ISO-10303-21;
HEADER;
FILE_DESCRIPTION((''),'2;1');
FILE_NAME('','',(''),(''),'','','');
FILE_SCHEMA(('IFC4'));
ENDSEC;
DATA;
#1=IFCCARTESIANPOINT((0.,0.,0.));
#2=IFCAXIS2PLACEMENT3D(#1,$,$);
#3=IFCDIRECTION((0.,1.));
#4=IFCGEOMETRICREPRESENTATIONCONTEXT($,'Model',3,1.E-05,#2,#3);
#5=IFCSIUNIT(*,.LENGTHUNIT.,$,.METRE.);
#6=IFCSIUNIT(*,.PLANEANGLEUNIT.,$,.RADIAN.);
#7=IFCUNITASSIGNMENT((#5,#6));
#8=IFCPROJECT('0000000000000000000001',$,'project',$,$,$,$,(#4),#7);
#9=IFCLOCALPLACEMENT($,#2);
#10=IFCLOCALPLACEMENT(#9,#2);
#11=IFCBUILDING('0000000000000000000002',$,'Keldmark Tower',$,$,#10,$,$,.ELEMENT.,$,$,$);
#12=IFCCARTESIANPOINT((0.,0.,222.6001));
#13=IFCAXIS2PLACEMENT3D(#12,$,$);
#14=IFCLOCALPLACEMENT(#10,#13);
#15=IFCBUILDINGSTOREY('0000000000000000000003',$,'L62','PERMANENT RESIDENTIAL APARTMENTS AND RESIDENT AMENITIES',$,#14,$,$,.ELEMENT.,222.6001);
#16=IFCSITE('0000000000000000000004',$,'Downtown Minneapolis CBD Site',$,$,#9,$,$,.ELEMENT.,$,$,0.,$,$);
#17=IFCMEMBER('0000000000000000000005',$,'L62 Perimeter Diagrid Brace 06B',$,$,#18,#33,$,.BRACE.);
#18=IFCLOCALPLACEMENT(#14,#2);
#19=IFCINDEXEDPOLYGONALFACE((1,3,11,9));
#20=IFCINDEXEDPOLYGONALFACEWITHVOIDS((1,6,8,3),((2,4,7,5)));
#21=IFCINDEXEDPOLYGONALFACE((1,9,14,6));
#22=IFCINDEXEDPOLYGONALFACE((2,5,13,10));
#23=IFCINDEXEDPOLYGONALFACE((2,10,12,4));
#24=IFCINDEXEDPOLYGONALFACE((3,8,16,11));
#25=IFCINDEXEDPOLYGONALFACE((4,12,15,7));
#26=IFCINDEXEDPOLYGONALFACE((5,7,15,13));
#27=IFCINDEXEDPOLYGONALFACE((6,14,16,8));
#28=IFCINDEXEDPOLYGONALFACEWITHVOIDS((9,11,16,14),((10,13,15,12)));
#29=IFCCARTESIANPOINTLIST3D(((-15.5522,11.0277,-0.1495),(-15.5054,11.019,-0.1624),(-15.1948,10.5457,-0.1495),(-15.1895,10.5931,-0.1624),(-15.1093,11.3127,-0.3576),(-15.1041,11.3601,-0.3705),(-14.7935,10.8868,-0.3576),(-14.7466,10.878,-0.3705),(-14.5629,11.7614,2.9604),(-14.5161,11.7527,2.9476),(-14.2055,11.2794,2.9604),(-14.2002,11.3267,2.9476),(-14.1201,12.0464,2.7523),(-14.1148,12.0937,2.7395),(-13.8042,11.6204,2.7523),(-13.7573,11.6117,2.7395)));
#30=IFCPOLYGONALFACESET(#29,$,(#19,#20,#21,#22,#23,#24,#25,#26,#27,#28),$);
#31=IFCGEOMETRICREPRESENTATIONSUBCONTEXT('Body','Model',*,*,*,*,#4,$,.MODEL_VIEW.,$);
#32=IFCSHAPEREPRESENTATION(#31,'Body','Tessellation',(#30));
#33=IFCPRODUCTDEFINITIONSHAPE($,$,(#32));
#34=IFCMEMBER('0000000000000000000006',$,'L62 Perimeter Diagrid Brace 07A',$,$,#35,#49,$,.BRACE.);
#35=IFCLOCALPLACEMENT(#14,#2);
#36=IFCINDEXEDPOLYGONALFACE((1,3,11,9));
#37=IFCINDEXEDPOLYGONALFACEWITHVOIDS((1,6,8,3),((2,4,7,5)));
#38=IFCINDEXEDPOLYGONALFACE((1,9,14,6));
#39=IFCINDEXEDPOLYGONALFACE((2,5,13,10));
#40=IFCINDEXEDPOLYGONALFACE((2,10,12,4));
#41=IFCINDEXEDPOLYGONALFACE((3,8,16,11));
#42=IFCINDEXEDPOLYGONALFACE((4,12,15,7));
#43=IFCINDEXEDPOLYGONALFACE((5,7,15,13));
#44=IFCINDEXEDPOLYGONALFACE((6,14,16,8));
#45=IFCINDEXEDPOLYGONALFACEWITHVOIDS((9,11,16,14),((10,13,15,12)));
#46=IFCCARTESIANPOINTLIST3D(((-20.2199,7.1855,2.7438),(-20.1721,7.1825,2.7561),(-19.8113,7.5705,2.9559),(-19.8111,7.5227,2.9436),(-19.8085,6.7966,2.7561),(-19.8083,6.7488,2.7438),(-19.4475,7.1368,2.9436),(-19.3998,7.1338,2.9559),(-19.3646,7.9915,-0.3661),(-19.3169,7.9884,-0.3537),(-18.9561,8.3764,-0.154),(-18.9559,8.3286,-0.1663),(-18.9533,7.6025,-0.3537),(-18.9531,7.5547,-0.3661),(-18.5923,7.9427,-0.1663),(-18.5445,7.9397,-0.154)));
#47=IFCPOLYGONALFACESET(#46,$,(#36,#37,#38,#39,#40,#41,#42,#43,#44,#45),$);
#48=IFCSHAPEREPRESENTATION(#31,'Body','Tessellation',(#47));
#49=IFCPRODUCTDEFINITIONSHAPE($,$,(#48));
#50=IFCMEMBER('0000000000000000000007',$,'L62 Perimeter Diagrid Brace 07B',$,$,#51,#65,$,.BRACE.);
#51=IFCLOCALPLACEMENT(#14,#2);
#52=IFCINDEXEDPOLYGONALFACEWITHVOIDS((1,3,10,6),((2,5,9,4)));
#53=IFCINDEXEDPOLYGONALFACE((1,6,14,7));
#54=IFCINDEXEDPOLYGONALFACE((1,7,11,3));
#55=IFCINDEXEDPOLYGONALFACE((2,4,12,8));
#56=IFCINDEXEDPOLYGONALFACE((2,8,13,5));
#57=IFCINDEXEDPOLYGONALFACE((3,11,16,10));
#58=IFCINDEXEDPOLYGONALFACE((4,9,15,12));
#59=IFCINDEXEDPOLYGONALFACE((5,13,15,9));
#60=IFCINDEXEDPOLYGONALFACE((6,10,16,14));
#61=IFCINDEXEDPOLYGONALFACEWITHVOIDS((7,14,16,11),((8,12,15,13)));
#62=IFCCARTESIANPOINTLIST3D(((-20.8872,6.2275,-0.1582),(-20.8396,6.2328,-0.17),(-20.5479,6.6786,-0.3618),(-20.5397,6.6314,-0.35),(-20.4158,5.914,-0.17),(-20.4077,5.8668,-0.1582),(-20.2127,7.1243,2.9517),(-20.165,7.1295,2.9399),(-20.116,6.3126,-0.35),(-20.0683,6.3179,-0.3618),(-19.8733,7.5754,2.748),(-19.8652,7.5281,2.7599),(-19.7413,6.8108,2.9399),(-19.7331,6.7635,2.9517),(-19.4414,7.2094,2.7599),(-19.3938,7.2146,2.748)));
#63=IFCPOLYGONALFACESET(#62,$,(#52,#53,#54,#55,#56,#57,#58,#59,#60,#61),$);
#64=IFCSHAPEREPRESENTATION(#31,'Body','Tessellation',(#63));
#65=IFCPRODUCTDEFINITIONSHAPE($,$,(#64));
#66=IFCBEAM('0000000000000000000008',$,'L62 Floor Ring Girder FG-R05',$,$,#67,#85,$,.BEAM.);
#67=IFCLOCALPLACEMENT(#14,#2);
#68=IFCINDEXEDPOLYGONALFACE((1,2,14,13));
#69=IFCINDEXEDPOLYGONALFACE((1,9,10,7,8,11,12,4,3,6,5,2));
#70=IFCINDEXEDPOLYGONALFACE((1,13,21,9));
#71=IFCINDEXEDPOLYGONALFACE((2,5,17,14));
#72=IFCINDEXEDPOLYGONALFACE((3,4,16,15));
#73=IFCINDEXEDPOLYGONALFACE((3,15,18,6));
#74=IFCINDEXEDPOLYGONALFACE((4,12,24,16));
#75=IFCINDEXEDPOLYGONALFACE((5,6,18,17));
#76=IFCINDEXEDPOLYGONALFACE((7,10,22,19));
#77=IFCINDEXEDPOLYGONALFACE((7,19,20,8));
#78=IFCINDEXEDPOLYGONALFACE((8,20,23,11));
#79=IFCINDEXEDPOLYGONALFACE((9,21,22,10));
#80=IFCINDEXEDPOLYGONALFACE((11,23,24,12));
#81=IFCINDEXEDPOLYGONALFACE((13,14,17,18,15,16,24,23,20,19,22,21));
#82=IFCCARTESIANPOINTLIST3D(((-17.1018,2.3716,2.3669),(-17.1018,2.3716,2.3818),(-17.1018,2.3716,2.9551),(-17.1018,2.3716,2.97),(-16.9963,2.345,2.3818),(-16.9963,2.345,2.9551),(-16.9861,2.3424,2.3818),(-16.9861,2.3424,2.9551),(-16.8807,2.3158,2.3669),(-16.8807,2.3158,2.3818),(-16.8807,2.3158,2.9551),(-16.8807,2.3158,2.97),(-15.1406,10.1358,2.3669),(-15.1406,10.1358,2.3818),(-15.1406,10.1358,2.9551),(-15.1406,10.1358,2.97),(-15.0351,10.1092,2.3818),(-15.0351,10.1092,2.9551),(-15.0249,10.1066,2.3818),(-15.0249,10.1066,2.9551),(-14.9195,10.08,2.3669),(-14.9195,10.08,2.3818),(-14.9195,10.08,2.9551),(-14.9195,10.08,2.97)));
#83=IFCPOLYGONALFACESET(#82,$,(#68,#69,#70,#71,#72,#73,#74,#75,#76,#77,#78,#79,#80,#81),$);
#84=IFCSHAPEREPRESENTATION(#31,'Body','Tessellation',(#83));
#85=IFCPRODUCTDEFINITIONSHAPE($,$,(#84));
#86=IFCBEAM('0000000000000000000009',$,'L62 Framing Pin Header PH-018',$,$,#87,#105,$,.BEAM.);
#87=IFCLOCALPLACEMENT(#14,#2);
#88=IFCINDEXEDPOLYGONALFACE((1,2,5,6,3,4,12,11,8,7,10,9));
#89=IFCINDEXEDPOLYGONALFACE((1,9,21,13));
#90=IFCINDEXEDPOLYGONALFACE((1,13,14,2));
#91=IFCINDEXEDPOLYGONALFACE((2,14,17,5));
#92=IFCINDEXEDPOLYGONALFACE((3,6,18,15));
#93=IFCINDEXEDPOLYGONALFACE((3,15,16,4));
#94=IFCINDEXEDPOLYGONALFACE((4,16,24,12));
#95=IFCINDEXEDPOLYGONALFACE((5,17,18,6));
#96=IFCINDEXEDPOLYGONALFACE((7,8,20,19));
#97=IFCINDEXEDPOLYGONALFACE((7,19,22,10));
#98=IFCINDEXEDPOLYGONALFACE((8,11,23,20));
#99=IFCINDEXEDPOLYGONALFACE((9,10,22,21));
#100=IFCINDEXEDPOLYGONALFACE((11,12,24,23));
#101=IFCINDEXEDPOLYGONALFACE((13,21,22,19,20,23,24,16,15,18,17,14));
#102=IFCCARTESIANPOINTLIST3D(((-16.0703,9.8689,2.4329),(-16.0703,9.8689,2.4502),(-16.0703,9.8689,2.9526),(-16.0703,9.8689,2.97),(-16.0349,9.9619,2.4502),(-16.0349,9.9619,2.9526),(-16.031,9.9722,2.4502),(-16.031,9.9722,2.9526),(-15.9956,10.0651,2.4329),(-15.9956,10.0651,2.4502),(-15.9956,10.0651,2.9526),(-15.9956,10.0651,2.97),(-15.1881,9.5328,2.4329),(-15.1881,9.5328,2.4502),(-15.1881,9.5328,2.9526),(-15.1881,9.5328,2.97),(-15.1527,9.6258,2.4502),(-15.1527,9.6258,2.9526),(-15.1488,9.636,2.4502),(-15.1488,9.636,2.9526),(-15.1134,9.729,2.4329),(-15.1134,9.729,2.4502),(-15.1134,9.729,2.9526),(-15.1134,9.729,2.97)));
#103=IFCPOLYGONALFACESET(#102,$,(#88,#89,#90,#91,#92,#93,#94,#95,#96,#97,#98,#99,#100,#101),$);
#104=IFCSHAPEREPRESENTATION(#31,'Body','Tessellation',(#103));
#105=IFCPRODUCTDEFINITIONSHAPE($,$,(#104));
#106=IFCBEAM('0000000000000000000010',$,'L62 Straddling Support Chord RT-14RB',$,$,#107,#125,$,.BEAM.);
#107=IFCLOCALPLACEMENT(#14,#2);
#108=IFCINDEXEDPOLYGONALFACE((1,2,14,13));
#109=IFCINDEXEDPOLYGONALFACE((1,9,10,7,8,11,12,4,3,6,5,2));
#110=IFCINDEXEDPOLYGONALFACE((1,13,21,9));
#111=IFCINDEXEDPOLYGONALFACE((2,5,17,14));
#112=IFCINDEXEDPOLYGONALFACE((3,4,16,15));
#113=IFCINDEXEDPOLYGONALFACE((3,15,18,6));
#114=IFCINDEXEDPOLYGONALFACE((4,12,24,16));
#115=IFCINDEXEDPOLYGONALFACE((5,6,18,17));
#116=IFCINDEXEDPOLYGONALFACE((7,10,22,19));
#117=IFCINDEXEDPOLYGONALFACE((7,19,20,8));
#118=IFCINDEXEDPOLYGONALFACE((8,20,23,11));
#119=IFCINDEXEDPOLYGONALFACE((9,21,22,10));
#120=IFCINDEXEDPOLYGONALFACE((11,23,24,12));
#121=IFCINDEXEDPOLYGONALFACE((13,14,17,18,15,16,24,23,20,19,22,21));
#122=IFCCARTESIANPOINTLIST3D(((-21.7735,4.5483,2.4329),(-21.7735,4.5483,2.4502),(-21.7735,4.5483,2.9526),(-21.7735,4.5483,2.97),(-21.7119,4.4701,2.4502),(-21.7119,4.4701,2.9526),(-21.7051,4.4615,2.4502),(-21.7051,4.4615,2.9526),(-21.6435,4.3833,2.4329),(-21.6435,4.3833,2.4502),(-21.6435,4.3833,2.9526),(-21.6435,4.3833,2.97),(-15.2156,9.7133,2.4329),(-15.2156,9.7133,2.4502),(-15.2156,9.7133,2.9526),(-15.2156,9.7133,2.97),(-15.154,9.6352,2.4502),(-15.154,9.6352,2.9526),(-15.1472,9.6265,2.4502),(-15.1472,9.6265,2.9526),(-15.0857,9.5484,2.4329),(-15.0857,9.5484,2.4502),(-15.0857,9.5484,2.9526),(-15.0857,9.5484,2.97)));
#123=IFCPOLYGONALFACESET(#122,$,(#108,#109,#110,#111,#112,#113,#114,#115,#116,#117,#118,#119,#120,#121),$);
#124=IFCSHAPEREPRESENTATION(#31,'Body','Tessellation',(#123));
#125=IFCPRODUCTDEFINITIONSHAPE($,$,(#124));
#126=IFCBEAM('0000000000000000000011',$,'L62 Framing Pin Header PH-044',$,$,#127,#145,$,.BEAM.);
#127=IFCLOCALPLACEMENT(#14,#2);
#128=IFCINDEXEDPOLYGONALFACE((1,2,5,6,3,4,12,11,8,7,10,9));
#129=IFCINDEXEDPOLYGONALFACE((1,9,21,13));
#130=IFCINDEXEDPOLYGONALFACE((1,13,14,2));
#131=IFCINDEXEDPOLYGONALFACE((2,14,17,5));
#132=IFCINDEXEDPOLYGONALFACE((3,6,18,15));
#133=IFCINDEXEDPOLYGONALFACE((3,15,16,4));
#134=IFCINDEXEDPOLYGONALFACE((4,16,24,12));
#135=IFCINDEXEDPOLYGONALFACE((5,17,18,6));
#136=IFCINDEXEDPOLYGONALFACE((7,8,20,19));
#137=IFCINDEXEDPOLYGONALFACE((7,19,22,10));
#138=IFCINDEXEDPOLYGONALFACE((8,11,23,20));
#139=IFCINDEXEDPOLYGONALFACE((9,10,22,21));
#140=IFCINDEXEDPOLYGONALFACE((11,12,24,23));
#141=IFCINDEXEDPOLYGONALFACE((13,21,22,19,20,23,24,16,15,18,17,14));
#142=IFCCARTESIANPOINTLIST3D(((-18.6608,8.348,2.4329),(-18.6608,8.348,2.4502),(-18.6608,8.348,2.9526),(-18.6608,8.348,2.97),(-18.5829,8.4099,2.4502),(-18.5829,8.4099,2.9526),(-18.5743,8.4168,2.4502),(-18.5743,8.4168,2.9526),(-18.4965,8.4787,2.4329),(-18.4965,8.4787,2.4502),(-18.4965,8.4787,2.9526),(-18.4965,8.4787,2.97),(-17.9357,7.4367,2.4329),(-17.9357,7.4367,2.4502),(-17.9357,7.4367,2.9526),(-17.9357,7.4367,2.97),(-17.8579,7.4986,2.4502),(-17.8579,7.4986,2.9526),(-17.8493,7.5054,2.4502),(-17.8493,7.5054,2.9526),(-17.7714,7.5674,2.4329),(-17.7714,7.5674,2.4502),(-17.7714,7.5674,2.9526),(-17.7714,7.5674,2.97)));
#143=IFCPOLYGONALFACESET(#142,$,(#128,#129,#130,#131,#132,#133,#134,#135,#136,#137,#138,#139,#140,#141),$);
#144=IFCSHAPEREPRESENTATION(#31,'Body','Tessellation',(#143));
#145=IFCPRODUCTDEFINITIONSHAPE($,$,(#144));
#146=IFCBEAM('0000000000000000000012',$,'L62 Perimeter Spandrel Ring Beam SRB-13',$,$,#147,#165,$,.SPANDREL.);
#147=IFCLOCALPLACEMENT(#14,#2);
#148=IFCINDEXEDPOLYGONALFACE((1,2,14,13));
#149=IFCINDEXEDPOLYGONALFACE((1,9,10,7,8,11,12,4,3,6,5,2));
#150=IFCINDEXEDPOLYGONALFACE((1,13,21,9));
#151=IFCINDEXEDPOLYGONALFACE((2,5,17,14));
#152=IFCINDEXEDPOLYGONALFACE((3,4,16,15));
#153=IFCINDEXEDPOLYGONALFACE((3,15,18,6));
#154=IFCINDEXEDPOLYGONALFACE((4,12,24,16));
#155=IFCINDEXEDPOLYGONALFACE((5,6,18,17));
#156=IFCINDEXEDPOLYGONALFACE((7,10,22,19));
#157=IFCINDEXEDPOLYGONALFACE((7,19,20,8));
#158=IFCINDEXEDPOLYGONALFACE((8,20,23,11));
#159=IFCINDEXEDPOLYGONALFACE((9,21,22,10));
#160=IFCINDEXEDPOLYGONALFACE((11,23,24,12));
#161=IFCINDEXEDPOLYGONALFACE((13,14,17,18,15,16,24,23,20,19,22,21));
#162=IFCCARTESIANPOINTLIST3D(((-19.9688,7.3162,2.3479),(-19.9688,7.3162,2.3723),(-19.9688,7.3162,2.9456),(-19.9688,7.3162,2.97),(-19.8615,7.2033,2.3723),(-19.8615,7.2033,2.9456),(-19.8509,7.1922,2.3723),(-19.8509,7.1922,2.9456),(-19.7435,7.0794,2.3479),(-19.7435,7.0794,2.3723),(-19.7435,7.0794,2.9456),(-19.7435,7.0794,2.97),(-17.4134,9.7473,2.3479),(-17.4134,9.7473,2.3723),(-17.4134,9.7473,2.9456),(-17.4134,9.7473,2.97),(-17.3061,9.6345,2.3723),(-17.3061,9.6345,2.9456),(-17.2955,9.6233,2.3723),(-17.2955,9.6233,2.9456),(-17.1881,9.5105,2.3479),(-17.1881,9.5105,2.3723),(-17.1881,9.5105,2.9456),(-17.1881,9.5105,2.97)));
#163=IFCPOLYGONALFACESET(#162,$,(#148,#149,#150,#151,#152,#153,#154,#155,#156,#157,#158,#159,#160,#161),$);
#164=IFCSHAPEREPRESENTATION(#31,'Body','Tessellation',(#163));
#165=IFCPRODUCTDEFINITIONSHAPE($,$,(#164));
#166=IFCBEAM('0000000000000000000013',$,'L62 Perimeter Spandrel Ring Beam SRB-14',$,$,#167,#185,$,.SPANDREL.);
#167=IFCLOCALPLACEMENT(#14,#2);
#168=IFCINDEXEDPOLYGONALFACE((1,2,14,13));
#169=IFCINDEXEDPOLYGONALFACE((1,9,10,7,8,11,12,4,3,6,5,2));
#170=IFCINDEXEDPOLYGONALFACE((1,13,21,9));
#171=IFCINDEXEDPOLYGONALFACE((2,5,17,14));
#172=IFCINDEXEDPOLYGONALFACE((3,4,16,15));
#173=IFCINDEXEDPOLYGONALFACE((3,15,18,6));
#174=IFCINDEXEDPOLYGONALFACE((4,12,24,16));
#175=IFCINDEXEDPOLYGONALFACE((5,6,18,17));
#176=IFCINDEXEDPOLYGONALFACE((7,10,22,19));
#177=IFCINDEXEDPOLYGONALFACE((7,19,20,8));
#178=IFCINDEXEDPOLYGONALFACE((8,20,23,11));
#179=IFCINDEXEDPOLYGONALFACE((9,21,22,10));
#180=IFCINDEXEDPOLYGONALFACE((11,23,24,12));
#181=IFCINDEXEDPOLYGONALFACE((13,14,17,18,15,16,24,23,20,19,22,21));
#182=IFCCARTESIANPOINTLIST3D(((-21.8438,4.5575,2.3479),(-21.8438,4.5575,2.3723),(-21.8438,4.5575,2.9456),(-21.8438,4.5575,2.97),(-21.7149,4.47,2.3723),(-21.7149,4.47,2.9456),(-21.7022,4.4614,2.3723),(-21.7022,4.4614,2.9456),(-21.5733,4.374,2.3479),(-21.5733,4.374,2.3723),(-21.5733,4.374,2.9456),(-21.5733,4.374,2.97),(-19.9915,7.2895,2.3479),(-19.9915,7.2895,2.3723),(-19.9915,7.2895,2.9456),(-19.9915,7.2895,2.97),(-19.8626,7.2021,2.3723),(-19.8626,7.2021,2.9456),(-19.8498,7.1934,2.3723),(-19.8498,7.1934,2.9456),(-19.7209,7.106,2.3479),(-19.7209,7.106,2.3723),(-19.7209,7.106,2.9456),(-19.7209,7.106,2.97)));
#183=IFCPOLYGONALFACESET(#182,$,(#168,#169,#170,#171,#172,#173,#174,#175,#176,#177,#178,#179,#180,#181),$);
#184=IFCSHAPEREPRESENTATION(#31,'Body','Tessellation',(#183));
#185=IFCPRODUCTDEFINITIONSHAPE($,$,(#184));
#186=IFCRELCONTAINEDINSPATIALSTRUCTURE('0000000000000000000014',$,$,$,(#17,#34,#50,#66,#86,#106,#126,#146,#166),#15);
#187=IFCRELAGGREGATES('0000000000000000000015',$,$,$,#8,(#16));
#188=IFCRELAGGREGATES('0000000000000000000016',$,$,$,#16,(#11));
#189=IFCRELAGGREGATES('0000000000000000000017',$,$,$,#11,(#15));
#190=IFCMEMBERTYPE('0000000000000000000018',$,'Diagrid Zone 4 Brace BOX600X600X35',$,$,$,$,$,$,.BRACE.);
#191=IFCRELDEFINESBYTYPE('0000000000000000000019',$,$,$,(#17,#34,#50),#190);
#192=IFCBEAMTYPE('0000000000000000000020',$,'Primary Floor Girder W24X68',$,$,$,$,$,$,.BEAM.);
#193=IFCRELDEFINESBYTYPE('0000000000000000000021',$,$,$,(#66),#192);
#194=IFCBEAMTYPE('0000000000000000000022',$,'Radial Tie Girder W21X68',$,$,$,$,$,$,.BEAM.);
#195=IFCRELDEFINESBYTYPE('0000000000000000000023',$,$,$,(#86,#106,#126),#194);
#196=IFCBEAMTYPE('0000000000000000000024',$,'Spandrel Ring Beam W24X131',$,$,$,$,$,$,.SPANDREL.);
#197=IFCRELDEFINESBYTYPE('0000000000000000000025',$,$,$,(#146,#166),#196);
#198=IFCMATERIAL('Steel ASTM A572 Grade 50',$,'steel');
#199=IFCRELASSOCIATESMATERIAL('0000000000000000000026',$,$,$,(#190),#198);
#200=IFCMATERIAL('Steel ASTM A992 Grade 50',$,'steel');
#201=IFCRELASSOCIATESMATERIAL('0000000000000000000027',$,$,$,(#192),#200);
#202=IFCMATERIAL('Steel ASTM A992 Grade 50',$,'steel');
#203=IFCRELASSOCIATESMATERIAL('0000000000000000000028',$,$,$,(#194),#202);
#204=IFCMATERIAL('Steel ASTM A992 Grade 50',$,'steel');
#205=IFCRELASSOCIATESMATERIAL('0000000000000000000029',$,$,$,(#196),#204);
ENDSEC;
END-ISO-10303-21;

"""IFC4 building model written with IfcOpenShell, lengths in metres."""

from ifc_helpers import new_model, si_unit, direction, frame, origin, origin_2d, place, context, subcontext, project, spatial, hollow_rectangle, i_section, extrude, material, material_profile, profile_set, type_object, element, save


model = new_model("IFC4")

# Units and contexts
model_context = context("Model", 3, precision=1e-05, world=origin(), true_north=direction((0.0, 1.0)))
body_context = subcontext(model_context, "Body", "Model", "MODEL_VIEW")
ifc_project = project(units=[si_unit("LENGTHUNIT", "METRE"), si_unit("PLANEANGLEUNIT", "RADIAN")], contexts=[model_context])

# Site, building, storey
site_placement = place(None, origin())
site = spatial("IfcSite", under=ifc_project, at=site_placement, Name="Downtown Minneapolis CBD Site", CompositionType="ELEMENT", RefElevation=0.0)
building_placement = place(site_placement, origin())
building = spatial("IfcBuilding", under=site, at=building_placement, Name="Keldmark Tower", CompositionType="ELEMENT")
storey_placement = place(building_placement, frame((0.0, 0.0, 222.6001)))
storey = spatial("IfcBuildingStorey", under=building, at=storey_placement, Name="L62", Description="PERMANENT RESIDENTIAL APARTMENTS AND RESIDENT AMENITIES", CompositionType="ELEMENT", Elevation=222.6001)

# Members
ifc_material_1 = material(Name="Steel ASTM A572 Grade 50", Category="steel")
ifc_material_profile_1 = material_profile(ifc_material_1, hollow_rectangle(XDim=0.6001, YDim=0.6001, WallThickness=0.0349, at=origin_2d()), Name="BOX600X600X35")
ifc_profile_set_1 = profile_set([ifc_material_profile_1], Name="Steel ASTM A572 Grade 50")
member_type = type_object("IfcMemberType", Name="Diagrid Zone 4 Brace BOX600X600X35", PredefinedType="BRACE", material=ifc_profile_set_1)
member_1_placement = place(storey_placement, frame((-15.1494, 10.9529, -0.26), z_axis=(0.295754, 0.219334, 0.929743), x_axis=(-0.595678, 0.803223, 0.0)))
element("IfcMember", 1, at=member_1_placement, inside=storey, type_object=member_type, Name="L62 Perimeter Diagrid Brace 06B", PredefinedType="BRACE", context=body_context, shape_type="SweptSolid", body=[
    extrude(hollow_rectangle(XDim=0.6001, YDim=0.6001, WallThickness=0.0349, at=origin_2d()), origin(), (0.0, 0.0, 1.0), 3.345),
])
member_2_placement = place(storey_placement, frame((-18.9546, 7.9656, -0.26), z_axis=(-0.257251, -0.242417, 0.935444), x_axis=(0.685812, -0.727779, 0.0)))
element("IfcMember", 2, at=member_2_placement, inside=storey, type_object=member_type, Name="L62 Perimeter Diagrid Brace 07A", PredefinedType="BRACE", context=body_context, shape_type="SweptSolid", body=[
    extrude(hollow_rectangle(XDim=0.6001, YDim=0.6001, WallThickness=0.0349, at=origin_2d()), origin(), (0.0, 0.0, 1.0), 3.3245),
])
member_3_placement = place(storey_placement, frame((-20.4778, 6.2727, -0.26), z_axis=(0.204034, 0.271233, 0.940639), x_axis=(-0.799138, 0.601148, 0.0)))
element("IfcMember", 3, at=member_3_placement, inside=storey, type_object=member_type, Name="L62 Perimeter Diagrid Brace 07B", PredefinedType="BRACE", context=body_context, shape_type="SweptSolid", body=[
    extrude(hollow_rectangle(XDim=0.6001, YDim=0.6001, WallThickness=0.0349, at=origin_2d()), origin(), (0.0, 0.0, 1.0), 3.3062),
])

# Beams
ifc_material_2 = material(Name="Steel ASTM A992 Grade 50", Category="steel")
ifc_material_profile_2 = material_profile(ifc_material_2, i_section(OverallWidth=0.228, OverallDepth=0.603, WebThickness=0.0105, FlangeThickness=0.0149, at=origin_2d()), Name="W24X68")
ifc_profile_set_2 = profile_set([ifc_material_profile_2], Name="Steel ASTM A992 Grade 50")
beam_type_1 = type_object("IfcBeamType", Name="Primary Floor Girder W24X68", PredefinedType="BEAM", material=ifc_profile_set_2)
beam_1_placement = place(storey_placement, frame((-15.03, 10.1079, 2.6685), z_axis=(-0.244902, -0.969548, 0.0), x_axis=(0.969548, -0.244902, 0.0)))
element("IfcBeam", 4, at=beam_1_placement, inside=storey, type_object=beam_type_1, Name="L62 Floor Ring Girder FG-R05", PredefinedType="BEAM", context=body_context, shape_type="SweptSolid", body=[
    extrude(i_section(OverallWidth=0.228, OverallDepth=0.603, WebThickness=0.0105, FlangeThickness=0.0149, at=origin_2d()), origin(), (0.0, 0.0, 1.0), 8.0081),
])
ifc_material_3 = material(Name="Steel ASTM A992 Grade 50", Category="steel")
ifc_material_profile_3 = material_profile(ifc_material_3, i_section(OverallWidth=0.21, OverallDepth=0.5371, WebThickness=0.011, FlangeThickness=0.0173, at=origin_2d()), Name="W21X68")
ifc_profile_set_3 = profile_set([ifc_material_profile_3], Name="Steel ASTM A992 Grade 50")
beam_type_2 = type_object("IfcBeamType", Name="Radial Tie Girder W21X68", PredefinedType="BEAM", material=ifc_profile_set_3)
beam_2_placement = place(storey_placement, frame((-16.033, 9.967, 2.7014), z_axis=(0.934467, -0.356049, 0.0), x_axis=(0.356049, 0.934467, 0.0)))
element("IfcBeam", 5, at=beam_2_placement, inside=storey, type_object=beam_type_2, Name="L62 Framing Pin Header PH-018", PredefinedType="BEAM", context=body_context, shape_type="SweptSolid", body=[
    extrude(i_section(OverallWidth=0.21, OverallDepth=0.5371, WebThickness=0.011, FlangeThickness=0.0173, at=origin_2d()), origin(), (0.0, 0.0, 1.0), 0.9441),
])
beam_3_placement = place(storey_placement, frame((-15.1506, 9.6309, 2.7014), z_axis=(-0.785594, -0.618742, 0.0), x_axis=(0.618742, -0.785594, 0.0)))
element("IfcBeam", 6, at=beam_3_placement, inside=storey, type_object=beam_type_2, Name="L62 Straddling Support Chord RT-14RB", PredefinedType="BEAM", context=body_context, shape_type="SweptSolid", body=[
    extrude(i_section(OverallWidth=0.21, OverallDepth=0.5371, WebThickness=0.011, FlangeThickness=0.0173, at=origin_2d()), origin(), (0.0, 0.0, 1.0), 8.3477),
])
beam_4_placement = place(storey_placement, frame((-18.5786, 8.4133, 2.7014), z_axis=(0.622597, -0.782543, 0.0), x_axis=(0.782543, 0.622597, 0.0)))
element("IfcBeam", 7, at=beam_4_placement, inside=storey, type_object=beam_type_2, Name="L62 Framing Pin Header PH-044", PredefinedType="BEAM", context=body_context, shape_type="SweptSolid", body=[
    extrude(i_section(OverallWidth=0.21, OverallDepth=0.5371, WebThickness=0.011, FlangeThickness=0.0173, at=origin_2d()), origin(), (0.0, 0.0, 1.0), 1.1646),
])
ifc_material_4 = material(Name="Steel ASTM A992 Grade 50", Category="steel")
ifc_material_profile_4 = material_profile(ifc_material_4, i_section(OverallWidth=0.3269, OverallDepth=0.6221, WebThickness=0.0154, FlangeThickness=0.0244, at=origin_2d()), Name="W24X131")
ifc_profile_set_4 = profile_set([ifc_material_profile_4], Name="Steel ASTM A992 Grade 50")
beam_type_3 = type_object("IfcBeamType", Name="Spandrel Ring Beam W24X131", PredefinedType="SPANDREL", material=ifc_profile_set_4)
beam_5_placement = place(storey_placement, frame((-17.3008, 9.6289, 2.6589), z_axis=(-0.724503, -0.689271, 0.0), x_axis=(0.689271, -0.724503, 0.0)))
element("IfcBeam", 8, at=beam_5_placement, inside=storey, type_object=beam_type_3, Name="L62 Perimeter Spandrel Ring Beam SRB-13", PredefinedType="SPANDREL", context=body_context, shape_type="SweptSolid", body=[
    extrude(i_section(OverallWidth=0.3269, OverallDepth=0.6221, WebThickness=0.0154, FlangeThickness=0.0244, at=origin_2d()), origin(), (0.0, 0.0, 1.0), 3.5271),
])
beam_6_placement = place(storey_placement, frame((-19.8562, 7.1978, 2.6589), z_axis=(-0.561187, -0.827689, 0.0), x_axis=(0.827689, -0.561187, 0.0)))
element("IfcBeam", 9, at=beam_6_placement, inside=storey, type_object=beam_type_3, Name="L62 Perimeter Spandrel Ring Beam SRB-14", PredefinedType="SPANDREL", context=body_context, shape_type="SweptSolid", body=[
    extrude(i_section(OverallWidth=0.3269, OverallDepth=0.6221, WebThickness=0.0154, FlangeThickness=0.0244, at=origin_2d()), origin(), (0.0, 0.0, 1.0), 3.3008),
])

save(model, "model.ifc")
